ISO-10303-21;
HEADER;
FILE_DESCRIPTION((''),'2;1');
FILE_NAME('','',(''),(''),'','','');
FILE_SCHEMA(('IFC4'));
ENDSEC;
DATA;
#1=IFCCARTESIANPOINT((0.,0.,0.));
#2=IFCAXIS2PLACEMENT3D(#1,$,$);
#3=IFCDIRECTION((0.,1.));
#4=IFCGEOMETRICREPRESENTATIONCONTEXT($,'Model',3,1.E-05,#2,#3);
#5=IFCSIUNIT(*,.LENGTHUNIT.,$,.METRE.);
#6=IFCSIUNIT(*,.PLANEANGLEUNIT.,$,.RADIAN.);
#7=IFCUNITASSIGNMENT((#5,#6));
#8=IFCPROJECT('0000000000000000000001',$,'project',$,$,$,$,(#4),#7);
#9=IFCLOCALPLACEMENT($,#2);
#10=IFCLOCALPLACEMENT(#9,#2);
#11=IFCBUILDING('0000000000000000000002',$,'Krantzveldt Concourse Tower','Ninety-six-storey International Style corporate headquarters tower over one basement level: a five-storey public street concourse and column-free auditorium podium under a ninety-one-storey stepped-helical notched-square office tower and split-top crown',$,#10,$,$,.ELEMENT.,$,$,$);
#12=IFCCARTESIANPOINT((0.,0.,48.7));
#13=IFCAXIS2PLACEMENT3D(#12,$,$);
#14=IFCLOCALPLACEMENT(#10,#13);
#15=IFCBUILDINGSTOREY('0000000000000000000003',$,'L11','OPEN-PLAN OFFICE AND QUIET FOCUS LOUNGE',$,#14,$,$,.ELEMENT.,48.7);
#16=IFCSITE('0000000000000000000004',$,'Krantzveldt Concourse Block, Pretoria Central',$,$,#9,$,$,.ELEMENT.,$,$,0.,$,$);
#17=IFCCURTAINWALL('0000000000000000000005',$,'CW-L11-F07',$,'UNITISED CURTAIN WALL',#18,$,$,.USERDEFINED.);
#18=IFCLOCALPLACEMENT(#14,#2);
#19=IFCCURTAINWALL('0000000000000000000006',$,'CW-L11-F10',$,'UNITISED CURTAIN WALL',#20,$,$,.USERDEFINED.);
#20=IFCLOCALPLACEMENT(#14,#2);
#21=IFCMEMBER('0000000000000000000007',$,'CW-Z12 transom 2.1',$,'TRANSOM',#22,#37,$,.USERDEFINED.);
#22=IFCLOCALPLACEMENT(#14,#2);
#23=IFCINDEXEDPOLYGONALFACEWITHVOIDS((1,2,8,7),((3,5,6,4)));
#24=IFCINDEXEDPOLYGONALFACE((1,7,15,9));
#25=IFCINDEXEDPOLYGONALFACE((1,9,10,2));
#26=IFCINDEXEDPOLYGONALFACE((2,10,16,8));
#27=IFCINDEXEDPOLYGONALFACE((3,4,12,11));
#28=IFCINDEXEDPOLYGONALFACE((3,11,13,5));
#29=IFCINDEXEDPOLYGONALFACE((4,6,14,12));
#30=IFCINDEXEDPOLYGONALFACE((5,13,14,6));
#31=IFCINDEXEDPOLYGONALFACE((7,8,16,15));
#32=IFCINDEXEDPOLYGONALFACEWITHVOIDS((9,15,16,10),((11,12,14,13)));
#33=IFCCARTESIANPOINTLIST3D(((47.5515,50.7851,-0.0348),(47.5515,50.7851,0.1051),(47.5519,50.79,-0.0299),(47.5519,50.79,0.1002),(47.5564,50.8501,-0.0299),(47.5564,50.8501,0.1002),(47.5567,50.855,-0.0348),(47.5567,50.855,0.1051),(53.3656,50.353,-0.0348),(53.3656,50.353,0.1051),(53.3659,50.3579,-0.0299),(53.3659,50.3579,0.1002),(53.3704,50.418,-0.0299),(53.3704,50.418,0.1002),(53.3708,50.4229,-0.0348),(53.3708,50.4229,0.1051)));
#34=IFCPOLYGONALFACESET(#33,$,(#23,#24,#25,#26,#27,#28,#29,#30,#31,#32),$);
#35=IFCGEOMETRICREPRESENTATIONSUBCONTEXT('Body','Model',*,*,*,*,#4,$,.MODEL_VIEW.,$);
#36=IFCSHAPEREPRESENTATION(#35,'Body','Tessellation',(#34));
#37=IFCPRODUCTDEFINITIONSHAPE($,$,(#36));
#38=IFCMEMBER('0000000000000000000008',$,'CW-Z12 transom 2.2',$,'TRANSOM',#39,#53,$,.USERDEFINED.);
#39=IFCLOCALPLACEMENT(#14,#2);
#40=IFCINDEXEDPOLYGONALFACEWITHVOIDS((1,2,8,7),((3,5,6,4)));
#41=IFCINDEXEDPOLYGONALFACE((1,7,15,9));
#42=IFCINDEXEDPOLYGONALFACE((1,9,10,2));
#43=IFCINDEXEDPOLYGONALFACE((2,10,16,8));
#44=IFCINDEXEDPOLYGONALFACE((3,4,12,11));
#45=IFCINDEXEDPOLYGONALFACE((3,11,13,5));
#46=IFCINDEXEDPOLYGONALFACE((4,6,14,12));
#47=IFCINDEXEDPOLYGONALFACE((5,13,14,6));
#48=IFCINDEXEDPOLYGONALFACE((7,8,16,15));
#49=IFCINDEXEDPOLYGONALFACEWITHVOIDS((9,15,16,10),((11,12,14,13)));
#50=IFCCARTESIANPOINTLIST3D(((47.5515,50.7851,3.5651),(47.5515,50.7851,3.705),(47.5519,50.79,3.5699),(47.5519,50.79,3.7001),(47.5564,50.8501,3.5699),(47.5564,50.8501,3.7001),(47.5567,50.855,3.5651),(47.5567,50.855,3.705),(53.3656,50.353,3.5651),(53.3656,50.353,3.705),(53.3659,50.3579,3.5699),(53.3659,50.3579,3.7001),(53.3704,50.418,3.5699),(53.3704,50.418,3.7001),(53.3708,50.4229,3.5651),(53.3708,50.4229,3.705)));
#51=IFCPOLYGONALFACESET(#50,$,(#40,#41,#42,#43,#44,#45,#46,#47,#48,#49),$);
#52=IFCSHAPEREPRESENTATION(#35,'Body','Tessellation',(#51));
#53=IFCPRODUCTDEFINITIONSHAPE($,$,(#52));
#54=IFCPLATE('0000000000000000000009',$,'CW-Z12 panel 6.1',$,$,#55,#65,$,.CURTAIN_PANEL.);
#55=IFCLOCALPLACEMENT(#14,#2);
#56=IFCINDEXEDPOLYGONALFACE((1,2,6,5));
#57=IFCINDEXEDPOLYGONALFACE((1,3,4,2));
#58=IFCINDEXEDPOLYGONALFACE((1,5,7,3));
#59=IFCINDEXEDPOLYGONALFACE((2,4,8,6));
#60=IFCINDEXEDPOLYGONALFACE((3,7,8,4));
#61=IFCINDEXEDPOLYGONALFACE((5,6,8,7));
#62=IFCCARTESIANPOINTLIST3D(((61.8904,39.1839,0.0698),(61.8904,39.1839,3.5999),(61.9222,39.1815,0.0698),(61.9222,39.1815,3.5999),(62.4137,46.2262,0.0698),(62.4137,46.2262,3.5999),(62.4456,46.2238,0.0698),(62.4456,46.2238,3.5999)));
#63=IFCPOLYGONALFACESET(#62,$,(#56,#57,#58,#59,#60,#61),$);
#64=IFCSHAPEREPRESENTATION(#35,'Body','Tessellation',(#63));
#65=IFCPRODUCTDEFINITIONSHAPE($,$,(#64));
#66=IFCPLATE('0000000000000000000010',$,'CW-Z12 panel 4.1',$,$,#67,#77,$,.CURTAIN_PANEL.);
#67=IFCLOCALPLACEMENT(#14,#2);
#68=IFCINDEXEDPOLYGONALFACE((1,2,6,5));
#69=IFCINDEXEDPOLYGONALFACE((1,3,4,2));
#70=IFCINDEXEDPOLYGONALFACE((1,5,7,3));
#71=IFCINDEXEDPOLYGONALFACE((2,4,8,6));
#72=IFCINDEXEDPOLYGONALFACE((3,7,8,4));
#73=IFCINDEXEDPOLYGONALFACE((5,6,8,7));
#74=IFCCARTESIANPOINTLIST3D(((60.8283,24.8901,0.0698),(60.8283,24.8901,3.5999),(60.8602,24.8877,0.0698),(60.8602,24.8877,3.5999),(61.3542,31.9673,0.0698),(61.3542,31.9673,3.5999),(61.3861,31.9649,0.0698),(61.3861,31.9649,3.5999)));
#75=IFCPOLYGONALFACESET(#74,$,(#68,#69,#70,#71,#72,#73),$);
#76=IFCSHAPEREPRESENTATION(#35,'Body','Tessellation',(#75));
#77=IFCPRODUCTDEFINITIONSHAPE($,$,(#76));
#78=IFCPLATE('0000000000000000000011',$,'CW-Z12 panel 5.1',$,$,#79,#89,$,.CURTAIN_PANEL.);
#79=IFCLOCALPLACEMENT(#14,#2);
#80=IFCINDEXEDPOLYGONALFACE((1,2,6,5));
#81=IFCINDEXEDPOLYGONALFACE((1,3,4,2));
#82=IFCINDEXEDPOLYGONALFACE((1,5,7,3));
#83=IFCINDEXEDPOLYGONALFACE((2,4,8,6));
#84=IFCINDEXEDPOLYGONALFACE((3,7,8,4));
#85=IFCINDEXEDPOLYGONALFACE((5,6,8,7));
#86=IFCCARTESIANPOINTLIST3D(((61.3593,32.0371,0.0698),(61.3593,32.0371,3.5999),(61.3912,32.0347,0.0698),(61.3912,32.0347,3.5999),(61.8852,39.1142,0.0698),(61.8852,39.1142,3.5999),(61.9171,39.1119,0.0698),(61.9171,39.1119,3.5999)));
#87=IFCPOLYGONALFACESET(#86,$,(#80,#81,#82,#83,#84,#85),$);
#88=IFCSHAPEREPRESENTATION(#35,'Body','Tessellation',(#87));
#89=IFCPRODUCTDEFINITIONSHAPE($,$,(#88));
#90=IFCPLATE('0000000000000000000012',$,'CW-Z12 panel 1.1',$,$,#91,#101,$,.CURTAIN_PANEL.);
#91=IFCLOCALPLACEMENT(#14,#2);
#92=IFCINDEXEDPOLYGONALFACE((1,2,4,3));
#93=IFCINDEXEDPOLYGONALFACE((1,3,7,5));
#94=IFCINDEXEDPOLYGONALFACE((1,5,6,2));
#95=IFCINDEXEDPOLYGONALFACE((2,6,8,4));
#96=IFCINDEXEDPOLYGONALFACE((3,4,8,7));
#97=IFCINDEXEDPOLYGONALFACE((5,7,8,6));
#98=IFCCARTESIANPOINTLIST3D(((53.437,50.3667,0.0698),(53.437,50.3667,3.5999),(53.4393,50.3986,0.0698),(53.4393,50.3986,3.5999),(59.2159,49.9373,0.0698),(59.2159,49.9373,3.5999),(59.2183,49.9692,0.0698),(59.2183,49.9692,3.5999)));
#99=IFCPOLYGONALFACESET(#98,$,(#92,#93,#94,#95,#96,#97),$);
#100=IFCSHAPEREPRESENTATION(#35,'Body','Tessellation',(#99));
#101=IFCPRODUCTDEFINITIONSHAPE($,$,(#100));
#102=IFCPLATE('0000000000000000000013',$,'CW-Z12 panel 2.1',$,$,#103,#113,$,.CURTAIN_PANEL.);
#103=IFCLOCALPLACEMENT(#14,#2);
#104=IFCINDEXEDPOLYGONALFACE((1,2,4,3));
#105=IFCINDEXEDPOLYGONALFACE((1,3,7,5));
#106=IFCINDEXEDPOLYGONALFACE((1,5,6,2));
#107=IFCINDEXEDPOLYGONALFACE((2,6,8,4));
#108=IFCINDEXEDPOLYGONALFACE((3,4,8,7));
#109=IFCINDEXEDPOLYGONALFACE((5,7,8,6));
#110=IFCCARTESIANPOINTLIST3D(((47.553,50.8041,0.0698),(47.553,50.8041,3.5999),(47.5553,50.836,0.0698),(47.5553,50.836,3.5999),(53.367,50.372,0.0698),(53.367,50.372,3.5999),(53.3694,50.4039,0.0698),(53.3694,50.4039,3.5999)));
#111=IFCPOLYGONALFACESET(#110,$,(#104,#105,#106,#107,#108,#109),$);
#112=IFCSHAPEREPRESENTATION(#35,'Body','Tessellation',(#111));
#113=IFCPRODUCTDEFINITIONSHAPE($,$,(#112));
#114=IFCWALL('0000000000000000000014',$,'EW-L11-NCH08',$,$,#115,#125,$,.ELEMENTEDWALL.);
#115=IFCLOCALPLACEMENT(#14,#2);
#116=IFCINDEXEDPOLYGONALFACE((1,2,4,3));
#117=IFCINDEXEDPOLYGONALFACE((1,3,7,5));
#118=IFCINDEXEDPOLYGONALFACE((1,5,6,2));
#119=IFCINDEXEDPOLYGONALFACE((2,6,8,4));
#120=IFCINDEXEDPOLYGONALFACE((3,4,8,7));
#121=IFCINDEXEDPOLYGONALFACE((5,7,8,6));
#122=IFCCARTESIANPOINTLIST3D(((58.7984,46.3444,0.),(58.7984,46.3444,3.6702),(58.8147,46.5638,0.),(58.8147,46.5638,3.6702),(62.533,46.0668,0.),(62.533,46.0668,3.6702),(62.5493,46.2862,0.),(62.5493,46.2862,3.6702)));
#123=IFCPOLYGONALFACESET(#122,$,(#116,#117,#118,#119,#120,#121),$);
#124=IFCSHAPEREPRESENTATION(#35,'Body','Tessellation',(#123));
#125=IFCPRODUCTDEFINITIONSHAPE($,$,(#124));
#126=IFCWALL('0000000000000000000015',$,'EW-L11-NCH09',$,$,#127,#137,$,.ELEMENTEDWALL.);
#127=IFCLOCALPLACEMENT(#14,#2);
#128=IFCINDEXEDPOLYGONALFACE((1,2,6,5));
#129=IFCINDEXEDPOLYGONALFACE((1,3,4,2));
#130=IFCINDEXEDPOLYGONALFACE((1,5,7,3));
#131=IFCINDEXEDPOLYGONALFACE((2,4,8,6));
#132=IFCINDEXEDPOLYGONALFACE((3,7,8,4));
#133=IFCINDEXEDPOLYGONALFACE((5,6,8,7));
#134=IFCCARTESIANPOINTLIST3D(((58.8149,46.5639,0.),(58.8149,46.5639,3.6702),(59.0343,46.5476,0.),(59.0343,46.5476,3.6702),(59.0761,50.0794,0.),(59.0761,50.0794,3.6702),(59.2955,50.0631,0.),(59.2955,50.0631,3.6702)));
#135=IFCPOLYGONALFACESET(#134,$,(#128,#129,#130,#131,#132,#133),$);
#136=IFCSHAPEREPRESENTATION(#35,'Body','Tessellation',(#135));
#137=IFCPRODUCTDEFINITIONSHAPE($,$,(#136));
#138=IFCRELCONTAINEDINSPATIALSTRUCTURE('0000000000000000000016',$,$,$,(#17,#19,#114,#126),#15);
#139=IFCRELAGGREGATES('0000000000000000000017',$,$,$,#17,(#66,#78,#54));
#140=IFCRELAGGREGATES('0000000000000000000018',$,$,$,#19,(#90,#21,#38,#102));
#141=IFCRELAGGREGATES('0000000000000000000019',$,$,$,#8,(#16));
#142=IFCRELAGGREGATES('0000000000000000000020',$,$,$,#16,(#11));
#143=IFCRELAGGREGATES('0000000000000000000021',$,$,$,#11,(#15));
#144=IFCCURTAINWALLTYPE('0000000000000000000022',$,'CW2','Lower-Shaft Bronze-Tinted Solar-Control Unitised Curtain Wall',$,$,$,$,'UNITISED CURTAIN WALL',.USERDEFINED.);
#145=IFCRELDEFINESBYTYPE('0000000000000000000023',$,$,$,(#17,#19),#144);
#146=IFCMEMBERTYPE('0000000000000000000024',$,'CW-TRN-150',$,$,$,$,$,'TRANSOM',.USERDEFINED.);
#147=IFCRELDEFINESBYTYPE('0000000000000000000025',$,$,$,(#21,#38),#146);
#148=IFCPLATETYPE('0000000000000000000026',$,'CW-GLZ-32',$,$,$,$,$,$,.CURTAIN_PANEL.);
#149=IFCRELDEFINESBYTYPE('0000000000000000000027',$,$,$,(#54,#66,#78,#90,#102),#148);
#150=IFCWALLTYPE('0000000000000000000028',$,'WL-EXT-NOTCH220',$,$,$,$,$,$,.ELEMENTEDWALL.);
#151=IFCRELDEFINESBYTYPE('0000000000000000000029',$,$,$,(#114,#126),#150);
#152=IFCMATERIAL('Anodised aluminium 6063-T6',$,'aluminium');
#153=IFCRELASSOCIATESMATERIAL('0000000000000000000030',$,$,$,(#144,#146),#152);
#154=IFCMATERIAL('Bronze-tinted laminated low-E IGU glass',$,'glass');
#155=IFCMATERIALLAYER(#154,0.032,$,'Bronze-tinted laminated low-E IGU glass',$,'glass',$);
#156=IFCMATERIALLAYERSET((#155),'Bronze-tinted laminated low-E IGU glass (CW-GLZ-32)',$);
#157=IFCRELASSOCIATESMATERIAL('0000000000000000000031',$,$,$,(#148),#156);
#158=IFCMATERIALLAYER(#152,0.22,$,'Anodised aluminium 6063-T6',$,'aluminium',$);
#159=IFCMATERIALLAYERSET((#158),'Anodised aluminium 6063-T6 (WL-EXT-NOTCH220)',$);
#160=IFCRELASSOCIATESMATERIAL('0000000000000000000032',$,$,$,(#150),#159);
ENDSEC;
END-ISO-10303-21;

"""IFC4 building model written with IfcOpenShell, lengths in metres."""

from ifc_helpers import new_model, si_unit, direction, frame, frame_2d, origin, origin_2d, place, context, subcontext, project, spatial, rectangle, hollow_rectangle, extrude, source, transform, mapped, material, layer, layer_set, material_profile, profile_set, type_object, type_shapes, element, aggregate, save


model = new_model("IFC4")

# Units and contexts
model_context = context("Model", 3, precision=1e-05, world=origin(), true_north=direction((0.0, 1.0)))
body_context = subcontext(model_context, "Body", "Model", "MODEL_VIEW")
ifc_project = project(units=[si_unit("LENGTHUNIT", "METRE"), si_unit("PLANEANGLEUNIT", "RADIAN")], contexts=[model_context])

# Site, building, storey
site_placement = place(None, origin())
site = spatial("IfcSite", under=ifc_project, at=site_placement, Name="Krantzveldt Concourse Block, Pretoria Central", CompositionType="ELEMENT", RefElevation=0.0)
building_placement = place(site_placement, origin())
building = spatial("IfcBuilding", under=site, at=building_placement, Name="Krantzveldt Concourse Tower", Description="Ninety-six-storey International Style corporate headquarters tower over one basement level: a five-storey public street concourse and column-free auditorium podium under a ninety-one-storey stepped-helical notched-square office tower and split-top crown", CompositionType="ELEMENT")
storey_placement = place(building_placement, frame((0.0, 0.0, 48.7)))
storey = spatial("IfcBuildingStorey", under=building, at=storey_placement, Name="L11", Description="OPEN-PLAN OFFICE AND QUIET FOCUS LOUNGE", CompositionType="ELEMENT", Elevation=48.7)

# Curtain walls, members
ifc_material_1 = material(Name="Anodised aluminium 6063-T6", Category="aluminium")
curtain_wall_type = type_object("IfcCurtainWallType", Name="CW2", Description="Lower-Shaft Bronze-Tinted Solar-Control Unitised Curtain Wall", ElementType="UNITISED CURTAIN WALL", PredefinedType="USERDEFINED", material=ifc_material_1)
curtain_wall_1_placement = place(storey_placement, origin())
curtain_wall_1 = element("IfcCurtainWall", 1, at=curtain_wall_1_placement, inside=storey, type_object=curtain_wall_type, Name="CW-L11-F07", ObjectType="UNITISED CURTAIN WALL", PredefinedType="USERDEFINED")
ifc_material_profile_1 = material_profile(ifc_material_1, hollow_rectangle(XDim=0.0701, YDim=0.1399, WallThickness=0.0049, at=origin_2d()), Name="Anodised aluminium 6063-T6", Category="aluminium")
ifc_profile_set_1 = profile_set([ifc_material_profile_1], Name="Anodised aluminium 6063-T6 - ALU-TRAN 140x70x5")
member_type_1 = type_object("IfcMemberType", Name="CW-TRN-150", ElementType="TRANSOM", PredefinedType="USERDEFINED", material=ifc_profile_set_1)
curtain_wall_2_placement = place(storey_placement, origin())
curtain_wall_2 = element("IfcCurtainWall", 2, at=curtain_wall_2_placement, inside=storey, type_object=curtain_wall_type, Name="CW-L11-F10", ObjectType="UNITISED CURTAIN WALL", PredefinedType="USERDEFINED")
shared_shape_1 = source(origin(), body_context, "Body", "SweptSolid", [
    extrude(hollow_rectangle(XDim=0.0701, YDim=0.1399, WallThickness=0.0049, at=origin_2d()), origin(), (0.0, 0.0, 1.0), 5.8301),
])
member_1_placement = place(storey_placement, frame((53.3682, 50.3879, 0.0352), z_axis=(-0.997249, 0.074122, 0.0), x_axis=(-0.074122, -0.997249, 0.0)))
member_1 = element("IfcMember", 3, at=member_1_placement, type_object=member_type_1, Name="CW-Z12 transom 2.1", ObjectType="TRANSOM", PredefinedType="USERDEFINED", context=body_context, shape_type="MappedRepresentation", body=[
    mapped(shared_shape_1, transform((0.0, 0.0, 0.0), x_axis=(1.0, 0.0, 0.0), y_axis=(0.0, 1.0, 0.0), z_axis=(0.0, 0.0, 1.0), scale=1.0)),
])
member_2_placement = place(storey_placement, frame((53.3682, 50.3879, 3.635), z_axis=(-0.997249, 0.074122, 0.0), x_axis=(-0.074122, -0.997249, 0.0)))
member_2 = element("IfcMember", 4, at=member_2_placement, type_object=member_type_1, Name="CW-Z12 transom 2.2", ObjectType="TRANSOM", PredefinedType="USERDEFINED", context=body_context, shape_type="MappedRepresentation", body=[
    mapped(shared_shape_1, transform((0.0, 0.0, 0.0), x_axis=(1.0, 0.0, 0.0), y_axis=(0.0, 1.0, 0.0), z_axis=(0.0, 0.0, 1.0), scale=1.0)),
])

# Plates
ifc_material_2 = material(Name="Bronze-tinted laminated low-E IGU glass", Category="glass")
ifc_layer_1 = layer(ifc_material_2, 0.032, Name="Bronze-tinted laminated low-E IGU glass", Category="glass")
ifc_layer_set_1 = layer_set([ifc_layer_1], Name="Bronze-tinted laminated low-E IGU glass (CW-GLZ-32)")
plate_type = type_object("IfcPlateType", Name="CW-GLZ-32", PredefinedType="CURTAIN_PANEL", material=ifc_layer_set_1)
shared_shape_2 = source(origin(), body_context, "Body", "SweptSolid", [
    extrude(rectangle(XDim=7.0618, YDim=0.032, at=origin_2d()), origin(), (0.0, 0.0, 1.0), 3.53),
])
plate_1_placement = place(storey_placement, frame((62.168, 42.7039, 0.0698), z_axis=(0.0, 0.0, 1.0), x_axis=(0.074109, 0.99725, 0.0)))
plate_1 = element("IfcPlate", 5, at=plate_1_placement, type_object=plate_type, Name="CW-Z12 panel 6.1", PredefinedType="CURTAIN_PANEL", context=body_context, shape_type="MappedRepresentation", body=[
    mapped(shared_shape_2, transform((0.0, 0.0, 0.0), x_axis=(1.0, 0.0, 0.0), y_axis=(0.0, 1.0, 0.0), z_axis=(0.0, 0.0, 1.0), scale=1.0)),
])
shared_shape_3 = source(origin(), body_context, "Body", "SweptSolid", [
    extrude(rectangle(XDim=7.0967, YDim=0.032, at=origin_2d()), origin(), (0.0, 0.0, 1.0), 3.53),
])
plate_2_placement = place(storey_placement, frame((61.1072, 28.4275, 0.0698), z_axis=(0.0, 0.0, 1.0), x_axis=(0.074109, 0.99725, 0.0)))
plate_2 = element("IfcPlate", 6, at=plate_2_placement, type_object=plate_type, Name="CW-Z12 panel 4.1", PredefinedType="CURTAIN_PANEL", context=body_context, shape_type="MappedRepresentation", body=[
    mapped(shared_shape_3, transform((0.0, 0.0, 0.0), x_axis=(1.0, 0.0, 0.0), y_axis=(0.0, 1.0, 0.0), z_axis=(0.0, 0.0, 1.0), scale=1.0)),
])
plate_3_placement = place(storey_placement, frame((61.6382, 35.5745, 0.0698), z_axis=(0.0, 0.0, 1.0), x_axis=(0.074109, 0.99725, 0.0)))
plate_3 = element("IfcPlate", 7, at=plate_3_placement, type_object=plate_type, Name="CW-Z12 panel 5.1", PredefinedType="CURTAIN_PANEL", context=body_context, shape_type="MappedRepresentation", body=[
    mapped(shared_shape_3, transform((0.0, 0.0, 0.0), x_axis=(1.0, 0.0, 0.0), y_axis=(0.0, 1.0, 0.0), z_axis=(0.0, 0.0, 1.0), scale=1.0)),
])
aggregate(curtain_wall_1, [plate_2, plate_3, plate_1])
shared_shape_4 = source(origin(), body_context, "Body", "SweptSolid", [
    extrude(rectangle(XDim=5.7949, YDim=0.032, at=origin_2d()), origin(), (0.0, 0.0, 1.0), 3.53),
])
plate_4_placement = place(storey_placement, frame((56.3276, 50.168, 0.0698), z_axis=(0.0, 0.0, 1.0), x_axis=(-0.99725, 0.074108, 0.0)))
plate_4 = element("IfcPlate", 8, at=plate_4_placement, type_object=plate_type, Name="CW-Z12 panel 1.1", PredefinedType="CURTAIN_PANEL", context=body_context, shape_type="MappedRepresentation", body=[
    mapped(shared_shape_4, transform((0.0, 0.0, 0.0), x_axis=(1.0, 0.0, 0.0), y_axis=(0.0, 1.0, 0.0), z_axis=(0.0, 0.0, 1.0), scale=1.0)),
])
shared_shape_5 = source(origin(), body_context, "Body", "SweptSolid", [
    extrude(rectangle(XDim=5.8301, YDim=0.032, at=origin_2d()), origin(), (0.0, 0.0, 1.0), 3.53),
])
type_shapes(plate_type, [shared_shape_2, shared_shape_3, shared_shape_4, shared_shape_5])
plate_5_placement = place(storey_placement, frame((50.4612, 50.604, 0.0698), z_axis=(0.0, 0.0, 1.0), x_axis=(-0.99725, 0.074108, 0.0)))
plate_5 = element("IfcPlate", 9, at=plate_5_placement, type_object=plate_type, Name="CW-Z12 panel 2.1", PredefinedType="CURTAIN_PANEL", context=body_context, shape_type="MappedRepresentation", body=[
    mapped(shared_shape_5, transform((0.0, 0.0, 0.0), x_axis=(1.0, 0.0, 0.0), y_axis=(0.0, 1.0, 0.0), z_axis=(0.0, 0.0, 1.0), scale=1.0)),
])
aggregate(curtain_wall_2, [plate_4, member_1, member_2, plate_5])

# Walls
ifc_layer_2 = layer(ifc_material_1, 0.22, Name="Anodised aluminium 6063-T6", Category="aluminium")
ifc_layer_set_2 = layer_set([ifc_layer_2], Name="Anodised aluminium 6063-T6 (WL-EXT-NOTCH220)")
wall_type = type_object("IfcWallType", Name="WL-EXT-NOTCH220", PredefinedType="ELEMENTEDWALL", material=ifc_layer_set_2)
wall_1_placement = place(storey_placement, frame((62.5413, 46.1765, 0.0), z_axis=(0.0, 0.0, 1.0), x_axis=(-0.997249, 0.074124, 0.0)))
element("IfcWall", 10, at=wall_1_placement, inside=storey, type_object=wall_type, Name="EW-L11-NCH08", PredefinedType="ELEMENTEDWALL", context=body_context, shape_type="SweptSolid", body=[
    extrude(rectangle(XDim=3.7449, YDim=0.22, at=frame_2d((1.8726, 0.0))), origin(), (0.0, 0.0, 1.0), 3.6702),
])
wall_2_placement = place(storey_placement, frame((58.9246, 46.5557, 0.0), z_axis=(0.0, 0.0, 1.0), x_axis=(0.074106, 0.99725, 0.0)))
element("IfcWall", 11, at=wall_2_placement, inside=storey, type_object=wall_type, Name="EW-L11-NCH09", PredefinedType="ELEMENTEDWALL", context=body_context, shape_type="SweptSolid", body=[
    extrude(rectangle(XDim=3.5251, YDim=0.22, at=frame_2d((1.7627, 0.0))), origin(), (0.0, 0.0, 1.0), 3.6702),
])

save(model, "model.ifc")
